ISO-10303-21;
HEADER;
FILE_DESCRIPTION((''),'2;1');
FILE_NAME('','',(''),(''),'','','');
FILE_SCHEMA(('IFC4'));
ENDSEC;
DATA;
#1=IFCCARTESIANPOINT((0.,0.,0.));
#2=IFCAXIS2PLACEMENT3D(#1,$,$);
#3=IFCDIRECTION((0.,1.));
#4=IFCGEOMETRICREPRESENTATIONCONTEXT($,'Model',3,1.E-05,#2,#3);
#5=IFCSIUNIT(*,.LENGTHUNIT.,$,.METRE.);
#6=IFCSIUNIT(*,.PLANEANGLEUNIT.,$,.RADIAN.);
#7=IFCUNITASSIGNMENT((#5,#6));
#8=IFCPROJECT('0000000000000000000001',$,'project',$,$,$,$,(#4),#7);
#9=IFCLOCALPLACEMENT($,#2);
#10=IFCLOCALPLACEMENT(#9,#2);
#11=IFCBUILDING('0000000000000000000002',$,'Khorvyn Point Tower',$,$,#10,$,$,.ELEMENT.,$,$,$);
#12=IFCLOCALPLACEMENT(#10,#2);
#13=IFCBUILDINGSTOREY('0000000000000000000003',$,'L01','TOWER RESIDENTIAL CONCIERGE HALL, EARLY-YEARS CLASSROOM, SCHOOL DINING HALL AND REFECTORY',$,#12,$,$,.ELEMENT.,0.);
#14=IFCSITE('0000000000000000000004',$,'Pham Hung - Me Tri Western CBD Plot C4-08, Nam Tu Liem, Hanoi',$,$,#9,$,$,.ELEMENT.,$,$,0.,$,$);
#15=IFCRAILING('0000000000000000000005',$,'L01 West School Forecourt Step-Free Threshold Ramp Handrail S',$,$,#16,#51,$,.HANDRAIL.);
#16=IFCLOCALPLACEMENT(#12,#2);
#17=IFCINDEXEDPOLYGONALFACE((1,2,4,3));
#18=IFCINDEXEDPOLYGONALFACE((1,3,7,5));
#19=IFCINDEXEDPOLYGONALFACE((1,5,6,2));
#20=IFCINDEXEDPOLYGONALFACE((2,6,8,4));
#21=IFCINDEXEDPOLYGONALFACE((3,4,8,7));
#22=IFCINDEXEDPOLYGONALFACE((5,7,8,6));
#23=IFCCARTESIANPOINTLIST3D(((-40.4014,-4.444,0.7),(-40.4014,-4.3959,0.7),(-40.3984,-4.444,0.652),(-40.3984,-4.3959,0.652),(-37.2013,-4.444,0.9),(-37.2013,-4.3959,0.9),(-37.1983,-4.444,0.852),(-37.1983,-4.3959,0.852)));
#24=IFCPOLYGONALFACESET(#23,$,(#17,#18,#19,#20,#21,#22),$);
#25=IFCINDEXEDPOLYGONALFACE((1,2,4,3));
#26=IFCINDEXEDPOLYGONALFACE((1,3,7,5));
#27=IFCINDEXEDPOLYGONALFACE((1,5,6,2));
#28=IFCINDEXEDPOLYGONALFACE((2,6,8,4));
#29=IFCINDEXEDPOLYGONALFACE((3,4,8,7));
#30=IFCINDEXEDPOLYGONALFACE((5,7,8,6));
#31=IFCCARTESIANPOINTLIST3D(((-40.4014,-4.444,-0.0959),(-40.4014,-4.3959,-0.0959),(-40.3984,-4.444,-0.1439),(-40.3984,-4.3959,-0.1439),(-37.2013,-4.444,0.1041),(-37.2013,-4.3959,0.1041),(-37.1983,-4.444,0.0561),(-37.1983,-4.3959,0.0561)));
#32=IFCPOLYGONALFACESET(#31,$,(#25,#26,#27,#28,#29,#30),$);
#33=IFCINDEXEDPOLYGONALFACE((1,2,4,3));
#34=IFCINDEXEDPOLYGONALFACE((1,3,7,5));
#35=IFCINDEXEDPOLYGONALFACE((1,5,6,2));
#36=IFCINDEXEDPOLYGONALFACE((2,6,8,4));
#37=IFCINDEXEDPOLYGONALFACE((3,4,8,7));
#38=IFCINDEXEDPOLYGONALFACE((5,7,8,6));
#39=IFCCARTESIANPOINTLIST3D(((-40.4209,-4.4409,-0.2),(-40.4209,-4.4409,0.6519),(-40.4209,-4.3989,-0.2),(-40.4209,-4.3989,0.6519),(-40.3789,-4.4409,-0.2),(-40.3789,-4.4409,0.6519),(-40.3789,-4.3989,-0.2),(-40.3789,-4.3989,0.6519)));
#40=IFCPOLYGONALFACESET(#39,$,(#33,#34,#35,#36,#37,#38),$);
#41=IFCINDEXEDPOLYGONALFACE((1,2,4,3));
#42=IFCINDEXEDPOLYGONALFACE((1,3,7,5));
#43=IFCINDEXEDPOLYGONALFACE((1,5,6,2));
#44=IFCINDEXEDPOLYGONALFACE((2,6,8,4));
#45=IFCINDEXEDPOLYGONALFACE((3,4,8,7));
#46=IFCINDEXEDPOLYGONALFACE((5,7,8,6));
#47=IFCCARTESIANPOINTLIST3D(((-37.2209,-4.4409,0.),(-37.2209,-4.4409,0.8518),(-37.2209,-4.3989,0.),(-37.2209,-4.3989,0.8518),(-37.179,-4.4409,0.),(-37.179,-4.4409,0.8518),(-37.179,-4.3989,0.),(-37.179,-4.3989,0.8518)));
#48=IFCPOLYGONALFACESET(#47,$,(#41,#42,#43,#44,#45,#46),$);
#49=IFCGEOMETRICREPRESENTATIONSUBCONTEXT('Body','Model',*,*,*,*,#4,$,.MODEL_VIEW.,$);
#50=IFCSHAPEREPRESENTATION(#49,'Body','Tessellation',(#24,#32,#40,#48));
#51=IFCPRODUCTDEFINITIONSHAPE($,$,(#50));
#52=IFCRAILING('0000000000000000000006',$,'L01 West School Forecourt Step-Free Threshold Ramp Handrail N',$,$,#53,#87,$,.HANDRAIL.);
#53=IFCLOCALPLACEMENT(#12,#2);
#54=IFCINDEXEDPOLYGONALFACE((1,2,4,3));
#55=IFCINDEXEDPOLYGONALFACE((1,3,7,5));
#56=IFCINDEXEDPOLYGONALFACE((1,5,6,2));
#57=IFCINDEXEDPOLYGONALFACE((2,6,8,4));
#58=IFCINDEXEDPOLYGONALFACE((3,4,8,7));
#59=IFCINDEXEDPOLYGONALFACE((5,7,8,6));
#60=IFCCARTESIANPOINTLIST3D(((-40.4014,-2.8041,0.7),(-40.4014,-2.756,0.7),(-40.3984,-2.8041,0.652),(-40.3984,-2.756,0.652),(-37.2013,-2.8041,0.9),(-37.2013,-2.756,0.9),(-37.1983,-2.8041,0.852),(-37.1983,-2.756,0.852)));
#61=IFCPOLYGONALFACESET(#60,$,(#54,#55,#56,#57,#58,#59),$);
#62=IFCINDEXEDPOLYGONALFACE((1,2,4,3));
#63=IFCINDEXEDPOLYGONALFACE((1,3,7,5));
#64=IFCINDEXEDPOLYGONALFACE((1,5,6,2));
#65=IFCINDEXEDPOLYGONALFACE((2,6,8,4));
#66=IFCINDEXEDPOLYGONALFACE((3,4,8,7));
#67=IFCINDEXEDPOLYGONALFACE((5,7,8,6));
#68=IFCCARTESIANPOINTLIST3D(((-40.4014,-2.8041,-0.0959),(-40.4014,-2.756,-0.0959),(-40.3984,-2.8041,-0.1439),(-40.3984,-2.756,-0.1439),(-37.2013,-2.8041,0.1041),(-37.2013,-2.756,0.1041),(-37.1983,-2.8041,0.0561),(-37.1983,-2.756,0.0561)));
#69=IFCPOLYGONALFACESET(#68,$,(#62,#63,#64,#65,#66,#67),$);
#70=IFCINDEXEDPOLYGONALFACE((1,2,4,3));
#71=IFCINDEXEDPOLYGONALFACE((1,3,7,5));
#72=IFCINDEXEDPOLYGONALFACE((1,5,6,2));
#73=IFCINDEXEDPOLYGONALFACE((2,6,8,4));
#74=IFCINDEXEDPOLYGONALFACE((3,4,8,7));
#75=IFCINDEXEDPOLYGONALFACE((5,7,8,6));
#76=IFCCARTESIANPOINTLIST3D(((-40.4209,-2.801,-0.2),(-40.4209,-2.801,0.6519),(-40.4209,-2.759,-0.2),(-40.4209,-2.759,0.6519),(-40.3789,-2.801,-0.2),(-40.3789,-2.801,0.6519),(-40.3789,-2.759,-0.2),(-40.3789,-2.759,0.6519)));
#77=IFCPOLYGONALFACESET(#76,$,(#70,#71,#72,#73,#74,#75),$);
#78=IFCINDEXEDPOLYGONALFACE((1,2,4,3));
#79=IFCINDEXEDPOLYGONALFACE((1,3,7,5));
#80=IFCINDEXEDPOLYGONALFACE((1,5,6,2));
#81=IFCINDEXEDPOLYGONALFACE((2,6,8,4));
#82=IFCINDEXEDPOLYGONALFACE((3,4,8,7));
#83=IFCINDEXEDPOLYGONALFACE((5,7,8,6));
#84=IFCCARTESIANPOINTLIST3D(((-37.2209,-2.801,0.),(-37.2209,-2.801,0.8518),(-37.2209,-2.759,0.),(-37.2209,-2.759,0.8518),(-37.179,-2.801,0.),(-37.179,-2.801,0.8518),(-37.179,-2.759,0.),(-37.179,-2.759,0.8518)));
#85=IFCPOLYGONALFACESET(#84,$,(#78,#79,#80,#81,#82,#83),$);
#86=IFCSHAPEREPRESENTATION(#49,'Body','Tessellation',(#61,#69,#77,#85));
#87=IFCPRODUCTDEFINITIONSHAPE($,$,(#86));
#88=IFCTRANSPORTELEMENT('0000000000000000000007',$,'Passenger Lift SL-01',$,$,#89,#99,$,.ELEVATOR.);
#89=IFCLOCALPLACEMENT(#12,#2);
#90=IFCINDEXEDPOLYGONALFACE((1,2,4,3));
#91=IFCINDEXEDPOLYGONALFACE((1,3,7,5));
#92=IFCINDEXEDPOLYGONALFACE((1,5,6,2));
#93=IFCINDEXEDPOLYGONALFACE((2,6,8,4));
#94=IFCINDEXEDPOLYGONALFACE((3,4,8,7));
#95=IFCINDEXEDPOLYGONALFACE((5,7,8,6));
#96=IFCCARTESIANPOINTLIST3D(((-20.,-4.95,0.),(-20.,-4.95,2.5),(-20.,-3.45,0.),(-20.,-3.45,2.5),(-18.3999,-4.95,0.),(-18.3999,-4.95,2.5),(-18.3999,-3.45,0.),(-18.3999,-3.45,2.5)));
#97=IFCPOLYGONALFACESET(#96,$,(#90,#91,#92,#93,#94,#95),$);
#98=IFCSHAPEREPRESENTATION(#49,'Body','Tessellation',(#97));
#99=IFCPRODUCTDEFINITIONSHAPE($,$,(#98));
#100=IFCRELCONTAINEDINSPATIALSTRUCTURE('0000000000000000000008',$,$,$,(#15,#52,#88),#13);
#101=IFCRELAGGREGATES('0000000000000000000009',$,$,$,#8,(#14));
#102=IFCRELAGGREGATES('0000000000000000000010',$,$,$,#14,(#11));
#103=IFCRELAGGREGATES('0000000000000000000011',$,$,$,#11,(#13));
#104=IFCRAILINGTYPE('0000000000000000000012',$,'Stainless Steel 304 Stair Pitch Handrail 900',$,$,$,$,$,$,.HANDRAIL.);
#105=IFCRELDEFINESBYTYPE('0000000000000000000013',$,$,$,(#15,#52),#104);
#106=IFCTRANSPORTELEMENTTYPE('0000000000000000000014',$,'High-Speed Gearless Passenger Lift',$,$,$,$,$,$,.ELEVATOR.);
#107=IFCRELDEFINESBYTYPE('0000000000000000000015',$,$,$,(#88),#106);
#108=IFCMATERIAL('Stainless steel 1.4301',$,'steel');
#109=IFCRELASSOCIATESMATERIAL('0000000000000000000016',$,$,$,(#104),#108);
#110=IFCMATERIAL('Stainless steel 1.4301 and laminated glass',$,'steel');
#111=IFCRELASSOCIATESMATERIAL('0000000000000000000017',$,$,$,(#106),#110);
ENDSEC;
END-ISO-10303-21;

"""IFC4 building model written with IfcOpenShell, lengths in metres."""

from ifc_helpers import new_model, si_unit, direction, frame, origin, origin_2d, place, context, subcontext, project, spatial, rectangle, extrude, material, type_object, element, save


model = new_model("IFC4")

# Units and contexts
model_context = context("Model", 3, precision=1e-05, world=origin(), true_north=direction((0.0, 1.0)))
body_context = subcontext(model_context, "Body", "Model", "MODEL_VIEW")
ifc_project = project(units=[si_unit("LENGTHUNIT", "METRE"), si_unit("PLANEANGLEUNIT", "RADIAN")], contexts=[model_context])

# Site, building, storey
site_placement = place(None, origin())
site = spatial("IfcSite", under=ifc_project, at=site_placement, Name="Pham Hung - Me Tri Western CBD Plot C4-08, Nam Tu Liem, Hanoi", CompositionType="ELEMENT", RefElevation=0.0)
building_placement = place(site_placement, origin())
building = spatial("IfcBuilding", under=site, at=building_placement, Name="Khorvyn Point Tower", CompositionType="ELEMENT")
storey_placement = place(building_placement, origin())
storey = spatial("IfcBuildingStorey", under=building, at=storey_placement, Name="L01", Description="TOWER RESIDENTIAL CONCIERGE HALL, EARLY-YEARS CLASSROOM, SCHOOL DINING HALL AND REFECTORY", CompositionType="ELEMENT", Elevation=0.0)

# Shared definitions
ifc_material_1 = material(Name="Stainless steel 1.4301", Category="steel")

# Railings
railing_type = type_object("IfcRailingType", Name="Stainless Steel 304 Stair Pitch Handrail 900", PredefinedType="HANDRAIL", material=ifc_material_1)
for number, where, name in (
    (1, (-40.3999, -4.4199, -0.2), "L01 West School Forecourt Step-Free Threshold Ramp Handrail S"),
    (2, (-40.3999, -2.78, -0.2), "L01 West School Forecourt Step-Free Threshold Ramp Handrail N"),
):
    element("IfcRailing", number, at=place(storey_placement, frame(where)), inside=storey, type_object=railing_type, Name=name, PredefinedType="HANDRAIL", context=body_context, shape_type="SweptSolid", body=[
        extrude(rectangle(XDim=0.0481, YDim=0.0481, at=origin_2d()), frame((0.0, 0.0, 0.876), z_axis=(0.998053, 0.0, 0.062364), x_axis=(0.0, 1.0, 0.0)), (0.0, 0.0, 1.0), 3.2063),
        extrude(rectangle(XDim=0.0481, YDim=0.0481, at=origin_2d()), frame((0.0, 0.0, 0.0801), z_axis=(0.998053, 0.0, 0.062364), x_axis=(0.0, 1.0, 0.0)), (0.0, 0.0, 1.0), 3.2063),
        extrude(rectangle(XDim=0.042, YDim=0.042, at=origin_2d()), origin(), (0.0, 0.0, 1.0), 0.8518),
        extrude(rectangle(XDim=0.042, YDim=0.042, at=origin_2d()), frame((3.2, 0.0, 0.2)), (0.0, 0.0, 1.0), 0.8518),
    ])

# Transport element
ifc_material_2 = material(Name="Stainless steel 1.4301 and laminated glass", Category="steel")
transport_element_type = type_object("IfcTransportElementType", Name="High-Speed Gearless Passenger Lift", PredefinedType="ELEVATOR", material=ifc_material_2)
transport_element_placement = place(storey_placement, frame((-19.2, -4.2, 0.0), z_axis=(0.0, 0.0, 1.0), x_axis=(1.0, 0.0, 0.0)))
element("IfcTransportElement", 3, at=transport_element_placement, inside=storey, type_object=transport_element_type, Name="Passenger Lift SL-01", PredefinedType="ELEVATOR", context=body_context, shape_type="SweptSolid", body=[
    extrude(rectangle(XDim=1.6001, YDim=1.5, at=origin_2d()), origin(), (0.0, 0.0, 1.0), 2.5),
])

save(model, "model.ifc")
